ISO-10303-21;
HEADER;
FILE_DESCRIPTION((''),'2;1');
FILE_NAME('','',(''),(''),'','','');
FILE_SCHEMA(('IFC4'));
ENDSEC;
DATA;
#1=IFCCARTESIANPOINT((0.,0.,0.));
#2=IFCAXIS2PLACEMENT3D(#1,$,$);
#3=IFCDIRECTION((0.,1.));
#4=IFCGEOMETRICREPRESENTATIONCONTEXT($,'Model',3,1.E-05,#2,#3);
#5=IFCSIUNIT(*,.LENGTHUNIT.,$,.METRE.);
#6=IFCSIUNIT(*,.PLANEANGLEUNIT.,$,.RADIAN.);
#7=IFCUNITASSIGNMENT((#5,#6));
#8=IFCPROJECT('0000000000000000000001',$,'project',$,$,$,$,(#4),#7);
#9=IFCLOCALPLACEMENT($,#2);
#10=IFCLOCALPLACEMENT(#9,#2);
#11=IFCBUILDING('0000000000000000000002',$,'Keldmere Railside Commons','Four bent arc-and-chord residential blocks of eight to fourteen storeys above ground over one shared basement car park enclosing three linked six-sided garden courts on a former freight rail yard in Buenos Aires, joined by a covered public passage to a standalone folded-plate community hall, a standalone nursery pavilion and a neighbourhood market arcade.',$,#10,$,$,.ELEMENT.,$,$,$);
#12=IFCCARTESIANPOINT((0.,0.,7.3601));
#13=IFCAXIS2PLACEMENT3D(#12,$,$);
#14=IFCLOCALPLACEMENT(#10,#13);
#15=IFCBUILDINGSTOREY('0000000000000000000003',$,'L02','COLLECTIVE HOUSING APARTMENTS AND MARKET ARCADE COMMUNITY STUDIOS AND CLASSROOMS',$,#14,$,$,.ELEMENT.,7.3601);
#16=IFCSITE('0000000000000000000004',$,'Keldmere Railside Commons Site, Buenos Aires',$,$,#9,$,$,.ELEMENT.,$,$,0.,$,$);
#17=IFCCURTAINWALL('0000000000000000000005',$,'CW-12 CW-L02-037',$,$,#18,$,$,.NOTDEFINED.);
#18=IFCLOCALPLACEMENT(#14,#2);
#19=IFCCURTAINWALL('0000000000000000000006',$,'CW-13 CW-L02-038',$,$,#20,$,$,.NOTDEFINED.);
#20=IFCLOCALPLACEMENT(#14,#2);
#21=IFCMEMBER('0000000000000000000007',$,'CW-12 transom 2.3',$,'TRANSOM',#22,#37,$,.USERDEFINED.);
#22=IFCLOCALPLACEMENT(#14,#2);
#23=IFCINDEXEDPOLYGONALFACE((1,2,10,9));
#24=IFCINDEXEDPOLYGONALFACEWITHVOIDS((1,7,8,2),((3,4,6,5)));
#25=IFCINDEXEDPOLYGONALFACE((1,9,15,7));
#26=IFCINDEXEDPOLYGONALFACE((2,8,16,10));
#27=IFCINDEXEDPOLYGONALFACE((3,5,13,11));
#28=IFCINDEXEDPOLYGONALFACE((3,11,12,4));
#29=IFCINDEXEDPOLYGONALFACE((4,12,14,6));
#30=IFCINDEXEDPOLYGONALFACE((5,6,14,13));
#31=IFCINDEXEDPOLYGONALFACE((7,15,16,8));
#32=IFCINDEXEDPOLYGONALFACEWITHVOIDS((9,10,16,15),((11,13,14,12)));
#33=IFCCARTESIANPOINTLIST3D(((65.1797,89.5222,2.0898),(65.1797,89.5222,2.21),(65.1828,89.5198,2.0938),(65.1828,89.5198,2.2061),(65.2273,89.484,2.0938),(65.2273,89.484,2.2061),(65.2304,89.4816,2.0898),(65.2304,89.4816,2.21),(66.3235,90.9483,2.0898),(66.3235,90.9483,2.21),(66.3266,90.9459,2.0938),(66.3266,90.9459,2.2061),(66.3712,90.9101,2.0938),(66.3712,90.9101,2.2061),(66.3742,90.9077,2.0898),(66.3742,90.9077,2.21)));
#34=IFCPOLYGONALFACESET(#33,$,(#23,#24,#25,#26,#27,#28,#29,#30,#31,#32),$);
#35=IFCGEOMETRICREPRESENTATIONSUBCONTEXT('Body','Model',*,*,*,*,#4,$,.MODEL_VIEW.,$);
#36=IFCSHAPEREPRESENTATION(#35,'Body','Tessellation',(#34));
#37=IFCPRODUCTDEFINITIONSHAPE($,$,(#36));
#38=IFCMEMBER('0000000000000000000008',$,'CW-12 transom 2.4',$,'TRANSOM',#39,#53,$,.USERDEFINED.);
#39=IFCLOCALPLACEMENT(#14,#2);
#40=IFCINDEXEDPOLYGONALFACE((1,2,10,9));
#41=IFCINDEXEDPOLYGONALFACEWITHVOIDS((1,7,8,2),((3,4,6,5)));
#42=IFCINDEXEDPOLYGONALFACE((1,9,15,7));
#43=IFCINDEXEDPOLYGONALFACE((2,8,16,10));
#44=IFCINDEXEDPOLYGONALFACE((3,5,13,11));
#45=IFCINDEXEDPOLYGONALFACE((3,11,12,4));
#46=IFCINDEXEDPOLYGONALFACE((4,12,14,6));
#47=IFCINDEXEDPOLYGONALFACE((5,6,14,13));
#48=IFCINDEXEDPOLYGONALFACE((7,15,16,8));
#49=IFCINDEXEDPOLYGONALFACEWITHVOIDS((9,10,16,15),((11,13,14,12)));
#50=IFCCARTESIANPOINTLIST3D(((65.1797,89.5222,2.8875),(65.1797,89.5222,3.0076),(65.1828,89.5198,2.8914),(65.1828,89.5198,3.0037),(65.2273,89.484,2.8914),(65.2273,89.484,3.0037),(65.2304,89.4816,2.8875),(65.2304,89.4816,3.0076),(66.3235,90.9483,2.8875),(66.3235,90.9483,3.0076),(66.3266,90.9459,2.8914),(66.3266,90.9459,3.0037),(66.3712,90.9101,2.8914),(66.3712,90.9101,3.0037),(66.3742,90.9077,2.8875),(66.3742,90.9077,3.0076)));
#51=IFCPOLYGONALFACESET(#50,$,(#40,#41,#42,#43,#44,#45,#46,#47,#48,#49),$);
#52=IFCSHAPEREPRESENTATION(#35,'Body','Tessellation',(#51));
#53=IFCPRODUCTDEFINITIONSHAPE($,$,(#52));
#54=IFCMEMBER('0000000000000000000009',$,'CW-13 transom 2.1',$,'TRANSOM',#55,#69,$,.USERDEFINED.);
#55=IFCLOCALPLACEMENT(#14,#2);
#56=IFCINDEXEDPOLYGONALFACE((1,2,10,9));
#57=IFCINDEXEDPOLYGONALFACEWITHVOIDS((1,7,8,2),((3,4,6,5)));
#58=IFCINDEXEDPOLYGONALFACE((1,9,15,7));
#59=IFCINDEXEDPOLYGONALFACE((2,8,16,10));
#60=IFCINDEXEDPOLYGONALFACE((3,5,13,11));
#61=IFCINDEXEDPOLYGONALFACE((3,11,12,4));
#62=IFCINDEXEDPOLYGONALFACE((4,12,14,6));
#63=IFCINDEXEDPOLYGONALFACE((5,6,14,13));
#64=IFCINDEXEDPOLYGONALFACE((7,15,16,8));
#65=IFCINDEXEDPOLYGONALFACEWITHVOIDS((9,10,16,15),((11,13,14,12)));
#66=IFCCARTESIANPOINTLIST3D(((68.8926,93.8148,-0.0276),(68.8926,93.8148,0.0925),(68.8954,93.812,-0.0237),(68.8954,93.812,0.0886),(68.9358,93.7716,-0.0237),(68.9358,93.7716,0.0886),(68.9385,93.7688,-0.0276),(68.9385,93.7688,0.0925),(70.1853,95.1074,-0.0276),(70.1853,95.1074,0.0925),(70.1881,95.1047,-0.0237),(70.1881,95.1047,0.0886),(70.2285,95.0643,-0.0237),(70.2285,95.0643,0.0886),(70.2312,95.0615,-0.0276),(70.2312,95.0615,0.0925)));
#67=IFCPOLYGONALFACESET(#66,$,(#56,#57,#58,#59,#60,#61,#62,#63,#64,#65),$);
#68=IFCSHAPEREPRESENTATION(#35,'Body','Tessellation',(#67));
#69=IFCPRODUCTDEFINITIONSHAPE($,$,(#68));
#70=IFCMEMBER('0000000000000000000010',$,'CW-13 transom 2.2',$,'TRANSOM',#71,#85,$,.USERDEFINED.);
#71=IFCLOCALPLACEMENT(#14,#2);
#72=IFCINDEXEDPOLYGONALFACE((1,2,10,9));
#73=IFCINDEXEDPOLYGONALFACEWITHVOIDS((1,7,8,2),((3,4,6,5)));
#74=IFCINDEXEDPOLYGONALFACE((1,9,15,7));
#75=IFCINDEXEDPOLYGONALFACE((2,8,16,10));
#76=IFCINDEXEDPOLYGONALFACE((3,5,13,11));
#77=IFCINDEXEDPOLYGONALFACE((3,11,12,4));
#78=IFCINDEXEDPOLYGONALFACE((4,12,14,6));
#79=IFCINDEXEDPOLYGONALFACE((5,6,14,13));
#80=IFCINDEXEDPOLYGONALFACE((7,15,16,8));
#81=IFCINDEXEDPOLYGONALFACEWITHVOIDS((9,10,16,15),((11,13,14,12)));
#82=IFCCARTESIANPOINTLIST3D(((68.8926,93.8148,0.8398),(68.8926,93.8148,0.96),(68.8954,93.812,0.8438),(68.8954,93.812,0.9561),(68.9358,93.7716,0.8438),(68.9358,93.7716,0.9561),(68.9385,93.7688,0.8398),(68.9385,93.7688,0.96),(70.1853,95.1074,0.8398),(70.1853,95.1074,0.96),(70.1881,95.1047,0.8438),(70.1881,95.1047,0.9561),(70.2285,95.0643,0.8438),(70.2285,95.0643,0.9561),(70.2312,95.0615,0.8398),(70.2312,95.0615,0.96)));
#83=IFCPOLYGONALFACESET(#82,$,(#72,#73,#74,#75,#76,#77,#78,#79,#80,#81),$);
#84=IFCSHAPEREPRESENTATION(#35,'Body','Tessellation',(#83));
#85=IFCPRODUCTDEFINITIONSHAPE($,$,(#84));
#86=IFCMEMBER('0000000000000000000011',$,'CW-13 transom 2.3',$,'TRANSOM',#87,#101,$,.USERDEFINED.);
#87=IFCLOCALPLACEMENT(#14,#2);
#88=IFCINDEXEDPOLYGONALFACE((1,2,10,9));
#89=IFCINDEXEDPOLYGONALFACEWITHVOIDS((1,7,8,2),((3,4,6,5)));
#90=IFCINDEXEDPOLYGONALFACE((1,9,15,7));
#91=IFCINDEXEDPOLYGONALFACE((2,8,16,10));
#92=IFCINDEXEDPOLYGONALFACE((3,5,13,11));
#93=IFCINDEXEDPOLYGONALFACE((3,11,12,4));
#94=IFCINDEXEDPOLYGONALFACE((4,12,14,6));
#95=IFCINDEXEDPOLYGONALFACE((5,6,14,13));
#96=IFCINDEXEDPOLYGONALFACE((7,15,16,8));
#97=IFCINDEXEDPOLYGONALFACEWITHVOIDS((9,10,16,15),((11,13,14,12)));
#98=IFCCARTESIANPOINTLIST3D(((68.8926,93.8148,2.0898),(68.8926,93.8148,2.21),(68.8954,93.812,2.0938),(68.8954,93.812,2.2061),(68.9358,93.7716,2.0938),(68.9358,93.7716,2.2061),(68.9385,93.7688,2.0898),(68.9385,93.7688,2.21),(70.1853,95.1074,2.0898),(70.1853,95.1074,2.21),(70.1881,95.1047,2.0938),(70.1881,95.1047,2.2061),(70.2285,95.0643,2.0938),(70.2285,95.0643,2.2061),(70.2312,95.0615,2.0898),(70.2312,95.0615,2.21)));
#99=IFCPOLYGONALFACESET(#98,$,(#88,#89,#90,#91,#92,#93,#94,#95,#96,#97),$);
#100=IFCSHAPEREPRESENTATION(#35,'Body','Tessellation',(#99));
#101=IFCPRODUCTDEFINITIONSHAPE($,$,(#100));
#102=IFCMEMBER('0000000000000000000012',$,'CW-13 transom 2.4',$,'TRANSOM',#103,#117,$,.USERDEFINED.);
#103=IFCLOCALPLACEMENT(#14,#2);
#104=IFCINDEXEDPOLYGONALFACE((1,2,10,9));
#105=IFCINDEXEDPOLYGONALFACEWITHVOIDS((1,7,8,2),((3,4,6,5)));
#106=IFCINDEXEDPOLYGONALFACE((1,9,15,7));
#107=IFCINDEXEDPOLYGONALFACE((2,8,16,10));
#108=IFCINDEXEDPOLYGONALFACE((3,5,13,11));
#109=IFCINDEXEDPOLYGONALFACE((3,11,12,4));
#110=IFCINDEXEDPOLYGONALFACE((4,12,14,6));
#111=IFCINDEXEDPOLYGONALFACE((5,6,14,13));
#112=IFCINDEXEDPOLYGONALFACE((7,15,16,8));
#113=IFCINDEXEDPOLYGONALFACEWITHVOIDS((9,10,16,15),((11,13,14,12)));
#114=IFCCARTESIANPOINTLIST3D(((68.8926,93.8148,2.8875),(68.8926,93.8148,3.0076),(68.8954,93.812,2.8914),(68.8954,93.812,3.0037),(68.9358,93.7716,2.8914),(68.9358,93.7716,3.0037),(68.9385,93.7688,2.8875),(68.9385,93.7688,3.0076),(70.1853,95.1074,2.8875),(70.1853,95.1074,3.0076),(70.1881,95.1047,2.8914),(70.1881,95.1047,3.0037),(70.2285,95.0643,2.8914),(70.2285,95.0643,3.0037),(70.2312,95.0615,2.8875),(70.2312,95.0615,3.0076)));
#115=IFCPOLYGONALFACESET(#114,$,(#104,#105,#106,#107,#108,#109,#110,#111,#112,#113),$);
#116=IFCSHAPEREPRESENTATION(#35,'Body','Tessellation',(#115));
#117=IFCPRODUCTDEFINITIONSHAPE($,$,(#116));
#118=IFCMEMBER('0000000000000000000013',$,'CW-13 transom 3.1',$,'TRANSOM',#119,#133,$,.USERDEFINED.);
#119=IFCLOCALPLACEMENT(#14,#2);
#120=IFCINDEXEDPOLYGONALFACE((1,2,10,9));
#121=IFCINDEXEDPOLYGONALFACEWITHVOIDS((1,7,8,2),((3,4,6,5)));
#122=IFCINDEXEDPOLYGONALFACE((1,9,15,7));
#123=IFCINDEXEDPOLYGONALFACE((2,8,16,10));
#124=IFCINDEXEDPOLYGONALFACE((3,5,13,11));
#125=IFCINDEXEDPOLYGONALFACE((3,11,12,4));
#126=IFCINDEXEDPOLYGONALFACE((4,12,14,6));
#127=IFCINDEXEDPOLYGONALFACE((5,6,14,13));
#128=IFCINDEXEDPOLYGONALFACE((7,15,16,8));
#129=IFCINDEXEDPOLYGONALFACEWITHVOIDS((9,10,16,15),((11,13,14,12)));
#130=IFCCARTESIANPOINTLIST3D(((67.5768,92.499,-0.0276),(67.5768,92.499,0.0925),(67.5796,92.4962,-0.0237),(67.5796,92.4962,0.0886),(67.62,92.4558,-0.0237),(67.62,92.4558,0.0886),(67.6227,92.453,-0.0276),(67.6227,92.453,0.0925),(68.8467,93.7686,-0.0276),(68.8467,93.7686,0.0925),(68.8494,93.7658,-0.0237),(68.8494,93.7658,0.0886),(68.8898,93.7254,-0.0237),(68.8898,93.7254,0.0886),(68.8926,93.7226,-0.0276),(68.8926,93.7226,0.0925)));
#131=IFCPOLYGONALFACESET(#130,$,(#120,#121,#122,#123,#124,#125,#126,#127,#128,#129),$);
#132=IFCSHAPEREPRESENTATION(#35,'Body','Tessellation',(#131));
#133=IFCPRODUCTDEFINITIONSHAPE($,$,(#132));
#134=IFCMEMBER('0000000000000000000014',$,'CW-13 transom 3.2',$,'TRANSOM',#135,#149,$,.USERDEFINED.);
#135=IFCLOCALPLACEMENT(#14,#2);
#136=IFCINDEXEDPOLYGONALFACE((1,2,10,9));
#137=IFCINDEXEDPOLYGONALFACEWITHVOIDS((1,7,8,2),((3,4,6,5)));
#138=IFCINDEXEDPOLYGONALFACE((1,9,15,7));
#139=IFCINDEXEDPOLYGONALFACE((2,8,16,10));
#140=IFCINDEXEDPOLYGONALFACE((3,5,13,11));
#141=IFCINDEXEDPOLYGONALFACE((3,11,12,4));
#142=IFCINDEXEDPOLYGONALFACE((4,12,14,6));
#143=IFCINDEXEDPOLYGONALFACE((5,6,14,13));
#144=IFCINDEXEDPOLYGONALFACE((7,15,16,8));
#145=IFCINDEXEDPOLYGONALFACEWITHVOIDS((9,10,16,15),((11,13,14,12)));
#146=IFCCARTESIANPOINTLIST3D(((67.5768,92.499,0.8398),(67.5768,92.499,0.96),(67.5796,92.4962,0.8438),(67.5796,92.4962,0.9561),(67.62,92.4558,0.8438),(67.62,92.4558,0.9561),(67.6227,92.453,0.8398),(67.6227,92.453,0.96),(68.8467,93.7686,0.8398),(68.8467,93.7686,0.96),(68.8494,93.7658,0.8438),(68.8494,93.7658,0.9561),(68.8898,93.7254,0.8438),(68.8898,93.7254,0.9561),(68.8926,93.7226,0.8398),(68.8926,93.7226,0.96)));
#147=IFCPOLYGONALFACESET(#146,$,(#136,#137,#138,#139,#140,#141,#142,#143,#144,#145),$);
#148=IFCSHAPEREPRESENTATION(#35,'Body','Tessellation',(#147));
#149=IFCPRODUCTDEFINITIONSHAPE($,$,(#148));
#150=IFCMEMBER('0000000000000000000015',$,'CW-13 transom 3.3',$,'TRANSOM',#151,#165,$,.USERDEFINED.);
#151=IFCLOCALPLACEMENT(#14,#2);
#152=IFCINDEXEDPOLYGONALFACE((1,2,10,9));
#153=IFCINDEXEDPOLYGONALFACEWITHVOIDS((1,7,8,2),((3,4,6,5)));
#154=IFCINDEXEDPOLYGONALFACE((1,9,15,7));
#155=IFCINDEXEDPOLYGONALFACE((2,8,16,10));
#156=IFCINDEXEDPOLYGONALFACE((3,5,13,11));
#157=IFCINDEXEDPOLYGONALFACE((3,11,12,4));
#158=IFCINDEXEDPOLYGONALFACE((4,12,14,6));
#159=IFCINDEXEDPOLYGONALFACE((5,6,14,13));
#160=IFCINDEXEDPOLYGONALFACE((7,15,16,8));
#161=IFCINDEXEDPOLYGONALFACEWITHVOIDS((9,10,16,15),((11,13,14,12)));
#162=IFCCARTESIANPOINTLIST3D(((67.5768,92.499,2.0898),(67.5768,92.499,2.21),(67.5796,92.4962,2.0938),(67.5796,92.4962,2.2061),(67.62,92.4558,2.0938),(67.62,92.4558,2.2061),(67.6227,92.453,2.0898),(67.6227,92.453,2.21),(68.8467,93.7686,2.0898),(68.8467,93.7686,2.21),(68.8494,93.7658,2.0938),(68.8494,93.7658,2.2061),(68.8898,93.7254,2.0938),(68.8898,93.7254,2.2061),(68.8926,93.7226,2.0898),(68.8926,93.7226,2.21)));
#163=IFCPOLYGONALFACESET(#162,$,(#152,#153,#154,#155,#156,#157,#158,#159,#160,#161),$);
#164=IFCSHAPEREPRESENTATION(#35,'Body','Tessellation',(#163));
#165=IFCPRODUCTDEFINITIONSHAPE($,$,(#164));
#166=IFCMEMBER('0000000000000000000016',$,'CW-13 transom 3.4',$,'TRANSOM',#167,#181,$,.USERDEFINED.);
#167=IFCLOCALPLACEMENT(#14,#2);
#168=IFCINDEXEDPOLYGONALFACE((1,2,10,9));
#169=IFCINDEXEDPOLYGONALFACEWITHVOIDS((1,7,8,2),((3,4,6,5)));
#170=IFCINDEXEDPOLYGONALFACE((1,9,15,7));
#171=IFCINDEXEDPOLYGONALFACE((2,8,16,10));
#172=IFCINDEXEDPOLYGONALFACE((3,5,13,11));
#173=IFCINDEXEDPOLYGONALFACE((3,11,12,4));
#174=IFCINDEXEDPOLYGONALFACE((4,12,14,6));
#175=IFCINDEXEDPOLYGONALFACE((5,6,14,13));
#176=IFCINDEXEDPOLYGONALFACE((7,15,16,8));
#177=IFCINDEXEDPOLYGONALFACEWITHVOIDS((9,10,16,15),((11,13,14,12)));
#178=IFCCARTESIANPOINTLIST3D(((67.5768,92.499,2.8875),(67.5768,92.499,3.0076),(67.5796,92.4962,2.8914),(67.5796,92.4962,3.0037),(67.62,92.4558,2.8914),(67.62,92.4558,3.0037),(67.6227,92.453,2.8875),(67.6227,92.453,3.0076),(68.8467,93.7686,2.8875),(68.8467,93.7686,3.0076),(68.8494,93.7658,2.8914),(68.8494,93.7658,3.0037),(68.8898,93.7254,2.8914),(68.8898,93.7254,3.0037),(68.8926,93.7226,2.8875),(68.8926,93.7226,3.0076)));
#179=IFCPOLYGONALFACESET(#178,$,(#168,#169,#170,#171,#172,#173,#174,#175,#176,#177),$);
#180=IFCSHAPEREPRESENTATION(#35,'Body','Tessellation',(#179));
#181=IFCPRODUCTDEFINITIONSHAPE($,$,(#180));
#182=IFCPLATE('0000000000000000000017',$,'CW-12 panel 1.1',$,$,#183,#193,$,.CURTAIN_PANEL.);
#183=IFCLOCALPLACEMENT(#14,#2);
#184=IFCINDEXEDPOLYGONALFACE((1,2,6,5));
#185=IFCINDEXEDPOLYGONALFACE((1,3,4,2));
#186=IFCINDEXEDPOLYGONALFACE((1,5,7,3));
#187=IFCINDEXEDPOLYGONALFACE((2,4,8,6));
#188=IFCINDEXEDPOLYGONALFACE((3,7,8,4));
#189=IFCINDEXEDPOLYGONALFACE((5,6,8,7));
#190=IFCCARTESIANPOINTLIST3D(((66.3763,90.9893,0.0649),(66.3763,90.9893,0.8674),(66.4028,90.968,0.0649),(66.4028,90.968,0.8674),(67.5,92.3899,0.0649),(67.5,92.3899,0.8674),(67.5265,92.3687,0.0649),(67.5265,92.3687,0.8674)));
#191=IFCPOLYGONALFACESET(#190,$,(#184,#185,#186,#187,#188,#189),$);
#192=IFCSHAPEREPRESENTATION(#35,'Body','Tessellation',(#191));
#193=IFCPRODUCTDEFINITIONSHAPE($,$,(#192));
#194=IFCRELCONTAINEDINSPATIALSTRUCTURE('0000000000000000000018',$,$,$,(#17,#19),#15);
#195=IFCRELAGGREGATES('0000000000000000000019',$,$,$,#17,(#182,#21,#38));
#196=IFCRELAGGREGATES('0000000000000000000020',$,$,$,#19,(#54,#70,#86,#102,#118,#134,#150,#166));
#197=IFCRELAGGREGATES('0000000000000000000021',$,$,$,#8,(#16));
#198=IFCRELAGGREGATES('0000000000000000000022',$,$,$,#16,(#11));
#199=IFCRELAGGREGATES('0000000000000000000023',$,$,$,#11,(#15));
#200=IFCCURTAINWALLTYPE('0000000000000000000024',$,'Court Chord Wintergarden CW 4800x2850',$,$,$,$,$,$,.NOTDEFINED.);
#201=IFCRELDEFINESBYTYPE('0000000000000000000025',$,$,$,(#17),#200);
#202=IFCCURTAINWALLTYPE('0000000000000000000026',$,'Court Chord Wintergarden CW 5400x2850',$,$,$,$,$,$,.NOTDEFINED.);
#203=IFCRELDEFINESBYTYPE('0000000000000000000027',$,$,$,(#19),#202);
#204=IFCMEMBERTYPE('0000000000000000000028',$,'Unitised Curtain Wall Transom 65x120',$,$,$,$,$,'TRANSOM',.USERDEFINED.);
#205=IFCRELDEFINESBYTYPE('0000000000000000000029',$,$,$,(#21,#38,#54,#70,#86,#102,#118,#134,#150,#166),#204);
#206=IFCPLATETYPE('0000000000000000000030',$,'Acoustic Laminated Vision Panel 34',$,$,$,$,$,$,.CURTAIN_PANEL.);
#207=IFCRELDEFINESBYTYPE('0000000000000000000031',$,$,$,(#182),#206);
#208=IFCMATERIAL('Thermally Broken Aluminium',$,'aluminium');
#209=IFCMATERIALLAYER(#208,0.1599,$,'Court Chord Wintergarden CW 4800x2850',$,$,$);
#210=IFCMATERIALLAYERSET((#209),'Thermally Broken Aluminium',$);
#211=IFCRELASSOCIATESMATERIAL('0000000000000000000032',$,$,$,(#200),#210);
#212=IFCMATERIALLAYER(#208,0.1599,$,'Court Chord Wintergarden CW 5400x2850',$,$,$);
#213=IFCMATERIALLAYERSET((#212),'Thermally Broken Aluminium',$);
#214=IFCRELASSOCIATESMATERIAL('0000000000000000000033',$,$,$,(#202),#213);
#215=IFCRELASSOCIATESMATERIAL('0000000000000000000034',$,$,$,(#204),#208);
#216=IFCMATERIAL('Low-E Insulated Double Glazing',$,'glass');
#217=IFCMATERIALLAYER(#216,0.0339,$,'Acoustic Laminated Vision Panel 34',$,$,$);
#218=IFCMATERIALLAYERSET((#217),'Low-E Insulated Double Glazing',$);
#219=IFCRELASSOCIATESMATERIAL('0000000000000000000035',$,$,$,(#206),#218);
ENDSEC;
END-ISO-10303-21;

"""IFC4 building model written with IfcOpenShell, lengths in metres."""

from ifc_helpers import new_model, si_unit, direction, frame, origin, origin_2d, place, context, subcontext, project, spatial, rectangle, hollow_rectangle, extrude, material, layer, layer_set, material_profile, profile_set, type_object, element, aggregate, save


model = new_model("IFC4")

# Units and contexts
model_context = context("Model", 3, precision=1e-05, world=origin(), true_north=direction((0.0, 1.0)))
body_context = subcontext(model_context, "Body", "Model", "MODEL_VIEW")
ifc_project = project(units=[si_unit("LENGTHUNIT", "METRE"), si_unit("PLANEANGLEUNIT", "RADIAN")], contexts=[model_context])

# Site, building, storey
site_placement = place(None, origin())
site = spatial("IfcSite", under=ifc_project, at=site_placement, Name="Keldmere Railside Commons Site, Buenos Aires", CompositionType="ELEMENT", RefElevation=0.0)
building_placement = place(site_placement, origin())
building = spatial("IfcBuilding", under=site, at=building_placement, Name="Keldmere Railside Commons", Description="Four bent arc-and-chord residential blocks of eight to fourteen storeys above ground over one shared basement car park enclosing three linked six-sided garden courts on a former freight rail yard in Buenos Aires, joined by a covered public passage to a standalone folded-plate community hall, a standalone nursery pavilion and a neighbourhood market arcade.", CompositionType="ELEMENT")
storey_placement = place(building_placement, frame((0.0, 0.0, 7.3601)))
storey = spatial("IfcBuildingStorey", under=building, at=storey_placement, Name="L02", Description="COLLECTIVE HOUSING APARTMENTS AND MARKET ARCADE COMMUNITY STUDIOS AND CLASSROOMS", CompositionType="ELEMENT", Elevation=7.3601)

# Curtain walls
ifc_material_1 = material(Name="Thermally Broken Aluminium", Category="aluminium")
ifc_layer_1 = layer(ifc_material_1, 0.1599, Name="Court Chord Wintergarden CW 4800x2850")
ifc_layer_set_1 = layer_set([ifc_layer_1], Name="Thermally Broken Aluminium")
curtain_wall_type_1 = type_object("IfcCurtainWallType", Name="Court Chord Wintergarden CW 4800x2850", PredefinedType="NOTDEFINED", material=ifc_layer_set_1)
curtain_wall_1_placement = place(storey_placement, origin())
curtain_wall_1 = element("IfcCurtainWall", 1, at=curtain_wall_1_placement, inside=storey, type_object=curtain_wall_type_1, Name="CW-12 CW-L02-037", PredefinedType="NOTDEFINED")
ifc_layer_2 = layer(ifc_material_1, 0.1599, Name="Court Chord Wintergarden CW 5400x2850")
ifc_layer_set_2 = layer_set([ifc_layer_2], Name="Thermally Broken Aluminium")
curtain_wall_type_2 = type_object("IfcCurtainWallType", Name="Court Chord Wintergarden CW 5400x2850", PredefinedType="NOTDEFINED", material=ifc_layer_set_2)
curtain_wall_2_placement = place(storey_placement, origin())
curtain_wall_2 = element("IfcCurtainWall", 2, at=curtain_wall_2_placement, inside=storey, type_object=curtain_wall_type_2, Name="CW-13 CW-L02-038", PredefinedType="NOTDEFINED")

# Members
ifc_material_profile_1 = material_profile(ifc_material_1, hollow_rectangle(XDim=0.0649, YDim=0.1201, WallThickness=0.0039, at=origin_2d()), Name="ALU-TRAN-65x120")
ifc_profile_set_1 = profile_set([ifc_material_profile_1], Name="Thermally Broken Aluminium")
member_type_1 = type_object("IfcMemberType", Name="Unitised Curtain Wall Transom 65x120", ElementType="TRANSOM", PredefinedType="USERDEFINED", material=ifc_profile_set_1)
member_1_placement = place(storey_placement, frame((66.3489, 90.928, 2.1499), z_axis=(-0.625688, -0.780073, 0.0), x_axis=(0.780073, -0.625688, 0.0)))
member_1 = element("IfcMember", 3, at=member_1_placement, type_object=member_type_1, Name="CW-12 transom 2.3", ObjectType="TRANSOM", PredefinedType="USERDEFINED", context=body_context, shape_type="SweptSolid", body=[
    extrude(hollow_rectangle(XDim=0.0649, YDim=0.1201, WallThickness=0.0039, at=origin_2d()), origin(), (0.0, 0.0, 1.0), 1.8281),
])
member_2_placement = place(storey_placement, frame((66.3489, 90.928, 2.9475), z_axis=(-0.625688, -0.780073, 0.0), x_axis=(0.780073, -0.625688, 0.0)))
member_2 = element("IfcMember", 4, at=member_2_placement, type_object=member_type_1, Name="CW-12 transom 2.4", ObjectType="TRANSOM", PredefinedType="USERDEFINED", context=body_context, shape_type="SweptSolid", body=[
    extrude(hollow_rectangle(XDim=0.0649, YDim=0.1201, WallThickness=0.0039, at=origin_2d()), origin(), (0.0, 0.0, 1.0), 1.8281),
])
member_3_placement = place(storey_placement, frame((70.2083, 95.0845, 0.0325), z_axis=(-0.707107, -0.707107, 0.0), x_axis=(0.707107, -0.707107, 0.0)))
member_3 = element("IfcMember", 5, at=member_3_placement, type_object=member_type_1, Name="CW-13 transom 2.1", ObjectType="TRANSOM", PredefinedType="USERDEFINED", context=body_context, shape_type="SweptSolid", body=[
    extrude(hollow_rectangle(XDim=0.0649, YDim=0.1201, WallThickness=0.0039, at=origin_2d()), origin(), (0.0, 0.0, 1.0), 1.8281),
])
member_4_placement = place(storey_placement, frame((70.2083, 95.0845, 0.8999), z_axis=(-0.707107, -0.707107, 0.0), x_axis=(0.707107, -0.707107, 0.0)))
member_4 = element("IfcMember", 6, at=member_4_placement, type_object=member_type_1, Name="CW-13 transom 2.2", ObjectType="TRANSOM", PredefinedType="USERDEFINED", context=body_context, shape_type="SweptSolid", body=[
    extrude(hollow_rectangle(XDim=0.0649, YDim=0.1201, WallThickness=0.0039, at=origin_2d()), origin(), (0.0, 0.0, 1.0), 1.8281),
])
member_5_placement = place(storey_placement, frame((70.2083, 95.0845, 2.1499), z_axis=(-0.707107, -0.707107, 0.0), x_axis=(0.707107, -0.707107, 0.0)))
member_5 = element("IfcMember", 7, at=member_5_placement, type_object=member_type_1, Name="CW-13 transom 2.3", ObjectType="TRANSOM", PredefinedType="USERDEFINED", context=body_context, shape_type="SweptSolid", body=[
    extrude(hollow_rectangle(XDim=0.0649, YDim=0.1201, WallThickness=0.0039, at=origin_2d()), origin(), (0.0, 0.0, 1.0), 1.8281),
])
member_6_placement = place(storey_placement, frame((70.2083, 95.0845, 2.9475), z_axis=(-0.707107, -0.707107, 0.0), x_axis=(0.707107, -0.707107, 0.0)))
member_6 = element("IfcMember", 8, at=member_6_placement, type_object=member_type_1, Name="CW-13 transom 2.4", ObjectType="TRANSOM", PredefinedType="USERDEFINED", context=body_context, shape_type="SweptSolid", body=[
    extrude(hollow_rectangle(XDim=0.0649, YDim=0.1201, WallThickness=0.0039, at=origin_2d()), origin(), (0.0, 0.0, 1.0), 1.8281),
])
member_7_placement = place(storey_placement, frame((68.8696, 93.7456, 0.0325), z_axis=(-0.707175, -0.707039, 0.0), x_axis=(0.707039, -0.707175, 0.0)))
member_7 = element("IfcMember", 9, at=member_7_placement, type_object=member_type_1, Name="CW-13 transom 3.1", ObjectType="TRANSOM", PredefinedType="USERDEFINED", context=body_context, shape_type="SweptSolid", body=[
    extrude(hollow_rectangle(XDim=0.0649, YDim=0.1201, WallThickness=0.0039, at=origin_2d()), origin(), (0.0, 0.0, 1.0), 1.7957),
])
member_8_placement = place(storey_placement, frame((68.8696, 93.7456, 0.8999), z_axis=(-0.707175, -0.707039, 0.0), x_axis=(0.707039, -0.707175, 0.0)))
member_8 = element("IfcMember", 10, at=member_8_placement, type_object=member_type_1, Name="CW-13 transom 3.2", ObjectType="TRANSOM", PredefinedType="USERDEFINED", context=body_context, shape_type="SweptSolid", body=[
    extrude(hollow_rectangle(XDim=0.0649, YDim=0.1201, WallThickness=0.0039, at=origin_2d()), origin(), (0.0, 0.0, 1.0), 1.7957),
])
member_9_placement = place(storey_placement, frame((68.8696, 93.7456, 2.1499), z_axis=(-0.707175, -0.707039, 0.0), x_axis=(0.707039, -0.707175, 0.0)))
member_9 = element("IfcMember", 11, at=member_9_placement, type_object=member_type_1, Name="CW-13 transom 3.3", ObjectType="TRANSOM", PredefinedType="USERDEFINED", context=body_context, shape_type="SweptSolid", body=[
    extrude(hollow_rectangle(XDim=0.0649, YDim=0.1201, WallThickness=0.0039, at=origin_2d()), origin(), (0.0, 0.0, 1.0), 1.7957),
])
member_10_placement = place(storey_placement, frame((68.8696, 93.7456, 2.9475), z_axis=(-0.707175, -0.707039, 0.0), x_axis=(0.707039, -0.707175, 0.0)))
member_10 = element("IfcMember", 12, at=member_10_placement, type_object=member_type_1, Name="CW-13 transom 3.4", ObjectType="TRANSOM", PredefinedType="USERDEFINED", context=body_context, shape_type="SweptSolid", body=[
    extrude(hollow_rectangle(XDim=0.0649, YDim=0.1201, WallThickness=0.0039, at=origin_2d()), origin(), (0.0, 0.0, 1.0), 1.7957),
])

# Plate
ifc_material_2 = material(Name="Low-E Insulated Double Glazing", Category="glass")
ifc_layer_3 = layer(ifc_material_2, 0.0339, Name="Acoustic Laminated Vision Panel 34")
ifc_layer_set_3 = layer_set([ifc_layer_3], Name="Low-E Insulated Double Glazing")
plate_type_1 = type_object("IfcPlateType", Name="Acoustic Laminated Vision Panel 34", PredefinedType="CURTAIN_PANEL", material=ifc_layer_set_3)
plate_1_placement = place(storey_placement, frame((66.9514, 91.679, 0.0649), z_axis=(0.0, 0.0, 1.0), x_axis=(-0.625768, -0.780009, 0.0)))
plate_1 = element("IfcPlate", 13, at=plate_1_placement, type_object=plate_type_1, Name="CW-12 panel 1.1", PredefinedType="CURTAIN_PANEL", context=body_context, shape_type="SweptSolid", body=[
    extrude(rectangle(XDim=1.7957, YDim=0.0339, at=origin_2d()), origin(), (0.0, 0.0, 1.0), 0.8025),
])
aggregate(curtain_wall_1, [plate_1, member_1, member_2])
aggregate(curtain_wall_2, [member_3, member_4, member_5, member_6, member_7, member_8, member_9, member_10])

save(model, "model.ifc")
